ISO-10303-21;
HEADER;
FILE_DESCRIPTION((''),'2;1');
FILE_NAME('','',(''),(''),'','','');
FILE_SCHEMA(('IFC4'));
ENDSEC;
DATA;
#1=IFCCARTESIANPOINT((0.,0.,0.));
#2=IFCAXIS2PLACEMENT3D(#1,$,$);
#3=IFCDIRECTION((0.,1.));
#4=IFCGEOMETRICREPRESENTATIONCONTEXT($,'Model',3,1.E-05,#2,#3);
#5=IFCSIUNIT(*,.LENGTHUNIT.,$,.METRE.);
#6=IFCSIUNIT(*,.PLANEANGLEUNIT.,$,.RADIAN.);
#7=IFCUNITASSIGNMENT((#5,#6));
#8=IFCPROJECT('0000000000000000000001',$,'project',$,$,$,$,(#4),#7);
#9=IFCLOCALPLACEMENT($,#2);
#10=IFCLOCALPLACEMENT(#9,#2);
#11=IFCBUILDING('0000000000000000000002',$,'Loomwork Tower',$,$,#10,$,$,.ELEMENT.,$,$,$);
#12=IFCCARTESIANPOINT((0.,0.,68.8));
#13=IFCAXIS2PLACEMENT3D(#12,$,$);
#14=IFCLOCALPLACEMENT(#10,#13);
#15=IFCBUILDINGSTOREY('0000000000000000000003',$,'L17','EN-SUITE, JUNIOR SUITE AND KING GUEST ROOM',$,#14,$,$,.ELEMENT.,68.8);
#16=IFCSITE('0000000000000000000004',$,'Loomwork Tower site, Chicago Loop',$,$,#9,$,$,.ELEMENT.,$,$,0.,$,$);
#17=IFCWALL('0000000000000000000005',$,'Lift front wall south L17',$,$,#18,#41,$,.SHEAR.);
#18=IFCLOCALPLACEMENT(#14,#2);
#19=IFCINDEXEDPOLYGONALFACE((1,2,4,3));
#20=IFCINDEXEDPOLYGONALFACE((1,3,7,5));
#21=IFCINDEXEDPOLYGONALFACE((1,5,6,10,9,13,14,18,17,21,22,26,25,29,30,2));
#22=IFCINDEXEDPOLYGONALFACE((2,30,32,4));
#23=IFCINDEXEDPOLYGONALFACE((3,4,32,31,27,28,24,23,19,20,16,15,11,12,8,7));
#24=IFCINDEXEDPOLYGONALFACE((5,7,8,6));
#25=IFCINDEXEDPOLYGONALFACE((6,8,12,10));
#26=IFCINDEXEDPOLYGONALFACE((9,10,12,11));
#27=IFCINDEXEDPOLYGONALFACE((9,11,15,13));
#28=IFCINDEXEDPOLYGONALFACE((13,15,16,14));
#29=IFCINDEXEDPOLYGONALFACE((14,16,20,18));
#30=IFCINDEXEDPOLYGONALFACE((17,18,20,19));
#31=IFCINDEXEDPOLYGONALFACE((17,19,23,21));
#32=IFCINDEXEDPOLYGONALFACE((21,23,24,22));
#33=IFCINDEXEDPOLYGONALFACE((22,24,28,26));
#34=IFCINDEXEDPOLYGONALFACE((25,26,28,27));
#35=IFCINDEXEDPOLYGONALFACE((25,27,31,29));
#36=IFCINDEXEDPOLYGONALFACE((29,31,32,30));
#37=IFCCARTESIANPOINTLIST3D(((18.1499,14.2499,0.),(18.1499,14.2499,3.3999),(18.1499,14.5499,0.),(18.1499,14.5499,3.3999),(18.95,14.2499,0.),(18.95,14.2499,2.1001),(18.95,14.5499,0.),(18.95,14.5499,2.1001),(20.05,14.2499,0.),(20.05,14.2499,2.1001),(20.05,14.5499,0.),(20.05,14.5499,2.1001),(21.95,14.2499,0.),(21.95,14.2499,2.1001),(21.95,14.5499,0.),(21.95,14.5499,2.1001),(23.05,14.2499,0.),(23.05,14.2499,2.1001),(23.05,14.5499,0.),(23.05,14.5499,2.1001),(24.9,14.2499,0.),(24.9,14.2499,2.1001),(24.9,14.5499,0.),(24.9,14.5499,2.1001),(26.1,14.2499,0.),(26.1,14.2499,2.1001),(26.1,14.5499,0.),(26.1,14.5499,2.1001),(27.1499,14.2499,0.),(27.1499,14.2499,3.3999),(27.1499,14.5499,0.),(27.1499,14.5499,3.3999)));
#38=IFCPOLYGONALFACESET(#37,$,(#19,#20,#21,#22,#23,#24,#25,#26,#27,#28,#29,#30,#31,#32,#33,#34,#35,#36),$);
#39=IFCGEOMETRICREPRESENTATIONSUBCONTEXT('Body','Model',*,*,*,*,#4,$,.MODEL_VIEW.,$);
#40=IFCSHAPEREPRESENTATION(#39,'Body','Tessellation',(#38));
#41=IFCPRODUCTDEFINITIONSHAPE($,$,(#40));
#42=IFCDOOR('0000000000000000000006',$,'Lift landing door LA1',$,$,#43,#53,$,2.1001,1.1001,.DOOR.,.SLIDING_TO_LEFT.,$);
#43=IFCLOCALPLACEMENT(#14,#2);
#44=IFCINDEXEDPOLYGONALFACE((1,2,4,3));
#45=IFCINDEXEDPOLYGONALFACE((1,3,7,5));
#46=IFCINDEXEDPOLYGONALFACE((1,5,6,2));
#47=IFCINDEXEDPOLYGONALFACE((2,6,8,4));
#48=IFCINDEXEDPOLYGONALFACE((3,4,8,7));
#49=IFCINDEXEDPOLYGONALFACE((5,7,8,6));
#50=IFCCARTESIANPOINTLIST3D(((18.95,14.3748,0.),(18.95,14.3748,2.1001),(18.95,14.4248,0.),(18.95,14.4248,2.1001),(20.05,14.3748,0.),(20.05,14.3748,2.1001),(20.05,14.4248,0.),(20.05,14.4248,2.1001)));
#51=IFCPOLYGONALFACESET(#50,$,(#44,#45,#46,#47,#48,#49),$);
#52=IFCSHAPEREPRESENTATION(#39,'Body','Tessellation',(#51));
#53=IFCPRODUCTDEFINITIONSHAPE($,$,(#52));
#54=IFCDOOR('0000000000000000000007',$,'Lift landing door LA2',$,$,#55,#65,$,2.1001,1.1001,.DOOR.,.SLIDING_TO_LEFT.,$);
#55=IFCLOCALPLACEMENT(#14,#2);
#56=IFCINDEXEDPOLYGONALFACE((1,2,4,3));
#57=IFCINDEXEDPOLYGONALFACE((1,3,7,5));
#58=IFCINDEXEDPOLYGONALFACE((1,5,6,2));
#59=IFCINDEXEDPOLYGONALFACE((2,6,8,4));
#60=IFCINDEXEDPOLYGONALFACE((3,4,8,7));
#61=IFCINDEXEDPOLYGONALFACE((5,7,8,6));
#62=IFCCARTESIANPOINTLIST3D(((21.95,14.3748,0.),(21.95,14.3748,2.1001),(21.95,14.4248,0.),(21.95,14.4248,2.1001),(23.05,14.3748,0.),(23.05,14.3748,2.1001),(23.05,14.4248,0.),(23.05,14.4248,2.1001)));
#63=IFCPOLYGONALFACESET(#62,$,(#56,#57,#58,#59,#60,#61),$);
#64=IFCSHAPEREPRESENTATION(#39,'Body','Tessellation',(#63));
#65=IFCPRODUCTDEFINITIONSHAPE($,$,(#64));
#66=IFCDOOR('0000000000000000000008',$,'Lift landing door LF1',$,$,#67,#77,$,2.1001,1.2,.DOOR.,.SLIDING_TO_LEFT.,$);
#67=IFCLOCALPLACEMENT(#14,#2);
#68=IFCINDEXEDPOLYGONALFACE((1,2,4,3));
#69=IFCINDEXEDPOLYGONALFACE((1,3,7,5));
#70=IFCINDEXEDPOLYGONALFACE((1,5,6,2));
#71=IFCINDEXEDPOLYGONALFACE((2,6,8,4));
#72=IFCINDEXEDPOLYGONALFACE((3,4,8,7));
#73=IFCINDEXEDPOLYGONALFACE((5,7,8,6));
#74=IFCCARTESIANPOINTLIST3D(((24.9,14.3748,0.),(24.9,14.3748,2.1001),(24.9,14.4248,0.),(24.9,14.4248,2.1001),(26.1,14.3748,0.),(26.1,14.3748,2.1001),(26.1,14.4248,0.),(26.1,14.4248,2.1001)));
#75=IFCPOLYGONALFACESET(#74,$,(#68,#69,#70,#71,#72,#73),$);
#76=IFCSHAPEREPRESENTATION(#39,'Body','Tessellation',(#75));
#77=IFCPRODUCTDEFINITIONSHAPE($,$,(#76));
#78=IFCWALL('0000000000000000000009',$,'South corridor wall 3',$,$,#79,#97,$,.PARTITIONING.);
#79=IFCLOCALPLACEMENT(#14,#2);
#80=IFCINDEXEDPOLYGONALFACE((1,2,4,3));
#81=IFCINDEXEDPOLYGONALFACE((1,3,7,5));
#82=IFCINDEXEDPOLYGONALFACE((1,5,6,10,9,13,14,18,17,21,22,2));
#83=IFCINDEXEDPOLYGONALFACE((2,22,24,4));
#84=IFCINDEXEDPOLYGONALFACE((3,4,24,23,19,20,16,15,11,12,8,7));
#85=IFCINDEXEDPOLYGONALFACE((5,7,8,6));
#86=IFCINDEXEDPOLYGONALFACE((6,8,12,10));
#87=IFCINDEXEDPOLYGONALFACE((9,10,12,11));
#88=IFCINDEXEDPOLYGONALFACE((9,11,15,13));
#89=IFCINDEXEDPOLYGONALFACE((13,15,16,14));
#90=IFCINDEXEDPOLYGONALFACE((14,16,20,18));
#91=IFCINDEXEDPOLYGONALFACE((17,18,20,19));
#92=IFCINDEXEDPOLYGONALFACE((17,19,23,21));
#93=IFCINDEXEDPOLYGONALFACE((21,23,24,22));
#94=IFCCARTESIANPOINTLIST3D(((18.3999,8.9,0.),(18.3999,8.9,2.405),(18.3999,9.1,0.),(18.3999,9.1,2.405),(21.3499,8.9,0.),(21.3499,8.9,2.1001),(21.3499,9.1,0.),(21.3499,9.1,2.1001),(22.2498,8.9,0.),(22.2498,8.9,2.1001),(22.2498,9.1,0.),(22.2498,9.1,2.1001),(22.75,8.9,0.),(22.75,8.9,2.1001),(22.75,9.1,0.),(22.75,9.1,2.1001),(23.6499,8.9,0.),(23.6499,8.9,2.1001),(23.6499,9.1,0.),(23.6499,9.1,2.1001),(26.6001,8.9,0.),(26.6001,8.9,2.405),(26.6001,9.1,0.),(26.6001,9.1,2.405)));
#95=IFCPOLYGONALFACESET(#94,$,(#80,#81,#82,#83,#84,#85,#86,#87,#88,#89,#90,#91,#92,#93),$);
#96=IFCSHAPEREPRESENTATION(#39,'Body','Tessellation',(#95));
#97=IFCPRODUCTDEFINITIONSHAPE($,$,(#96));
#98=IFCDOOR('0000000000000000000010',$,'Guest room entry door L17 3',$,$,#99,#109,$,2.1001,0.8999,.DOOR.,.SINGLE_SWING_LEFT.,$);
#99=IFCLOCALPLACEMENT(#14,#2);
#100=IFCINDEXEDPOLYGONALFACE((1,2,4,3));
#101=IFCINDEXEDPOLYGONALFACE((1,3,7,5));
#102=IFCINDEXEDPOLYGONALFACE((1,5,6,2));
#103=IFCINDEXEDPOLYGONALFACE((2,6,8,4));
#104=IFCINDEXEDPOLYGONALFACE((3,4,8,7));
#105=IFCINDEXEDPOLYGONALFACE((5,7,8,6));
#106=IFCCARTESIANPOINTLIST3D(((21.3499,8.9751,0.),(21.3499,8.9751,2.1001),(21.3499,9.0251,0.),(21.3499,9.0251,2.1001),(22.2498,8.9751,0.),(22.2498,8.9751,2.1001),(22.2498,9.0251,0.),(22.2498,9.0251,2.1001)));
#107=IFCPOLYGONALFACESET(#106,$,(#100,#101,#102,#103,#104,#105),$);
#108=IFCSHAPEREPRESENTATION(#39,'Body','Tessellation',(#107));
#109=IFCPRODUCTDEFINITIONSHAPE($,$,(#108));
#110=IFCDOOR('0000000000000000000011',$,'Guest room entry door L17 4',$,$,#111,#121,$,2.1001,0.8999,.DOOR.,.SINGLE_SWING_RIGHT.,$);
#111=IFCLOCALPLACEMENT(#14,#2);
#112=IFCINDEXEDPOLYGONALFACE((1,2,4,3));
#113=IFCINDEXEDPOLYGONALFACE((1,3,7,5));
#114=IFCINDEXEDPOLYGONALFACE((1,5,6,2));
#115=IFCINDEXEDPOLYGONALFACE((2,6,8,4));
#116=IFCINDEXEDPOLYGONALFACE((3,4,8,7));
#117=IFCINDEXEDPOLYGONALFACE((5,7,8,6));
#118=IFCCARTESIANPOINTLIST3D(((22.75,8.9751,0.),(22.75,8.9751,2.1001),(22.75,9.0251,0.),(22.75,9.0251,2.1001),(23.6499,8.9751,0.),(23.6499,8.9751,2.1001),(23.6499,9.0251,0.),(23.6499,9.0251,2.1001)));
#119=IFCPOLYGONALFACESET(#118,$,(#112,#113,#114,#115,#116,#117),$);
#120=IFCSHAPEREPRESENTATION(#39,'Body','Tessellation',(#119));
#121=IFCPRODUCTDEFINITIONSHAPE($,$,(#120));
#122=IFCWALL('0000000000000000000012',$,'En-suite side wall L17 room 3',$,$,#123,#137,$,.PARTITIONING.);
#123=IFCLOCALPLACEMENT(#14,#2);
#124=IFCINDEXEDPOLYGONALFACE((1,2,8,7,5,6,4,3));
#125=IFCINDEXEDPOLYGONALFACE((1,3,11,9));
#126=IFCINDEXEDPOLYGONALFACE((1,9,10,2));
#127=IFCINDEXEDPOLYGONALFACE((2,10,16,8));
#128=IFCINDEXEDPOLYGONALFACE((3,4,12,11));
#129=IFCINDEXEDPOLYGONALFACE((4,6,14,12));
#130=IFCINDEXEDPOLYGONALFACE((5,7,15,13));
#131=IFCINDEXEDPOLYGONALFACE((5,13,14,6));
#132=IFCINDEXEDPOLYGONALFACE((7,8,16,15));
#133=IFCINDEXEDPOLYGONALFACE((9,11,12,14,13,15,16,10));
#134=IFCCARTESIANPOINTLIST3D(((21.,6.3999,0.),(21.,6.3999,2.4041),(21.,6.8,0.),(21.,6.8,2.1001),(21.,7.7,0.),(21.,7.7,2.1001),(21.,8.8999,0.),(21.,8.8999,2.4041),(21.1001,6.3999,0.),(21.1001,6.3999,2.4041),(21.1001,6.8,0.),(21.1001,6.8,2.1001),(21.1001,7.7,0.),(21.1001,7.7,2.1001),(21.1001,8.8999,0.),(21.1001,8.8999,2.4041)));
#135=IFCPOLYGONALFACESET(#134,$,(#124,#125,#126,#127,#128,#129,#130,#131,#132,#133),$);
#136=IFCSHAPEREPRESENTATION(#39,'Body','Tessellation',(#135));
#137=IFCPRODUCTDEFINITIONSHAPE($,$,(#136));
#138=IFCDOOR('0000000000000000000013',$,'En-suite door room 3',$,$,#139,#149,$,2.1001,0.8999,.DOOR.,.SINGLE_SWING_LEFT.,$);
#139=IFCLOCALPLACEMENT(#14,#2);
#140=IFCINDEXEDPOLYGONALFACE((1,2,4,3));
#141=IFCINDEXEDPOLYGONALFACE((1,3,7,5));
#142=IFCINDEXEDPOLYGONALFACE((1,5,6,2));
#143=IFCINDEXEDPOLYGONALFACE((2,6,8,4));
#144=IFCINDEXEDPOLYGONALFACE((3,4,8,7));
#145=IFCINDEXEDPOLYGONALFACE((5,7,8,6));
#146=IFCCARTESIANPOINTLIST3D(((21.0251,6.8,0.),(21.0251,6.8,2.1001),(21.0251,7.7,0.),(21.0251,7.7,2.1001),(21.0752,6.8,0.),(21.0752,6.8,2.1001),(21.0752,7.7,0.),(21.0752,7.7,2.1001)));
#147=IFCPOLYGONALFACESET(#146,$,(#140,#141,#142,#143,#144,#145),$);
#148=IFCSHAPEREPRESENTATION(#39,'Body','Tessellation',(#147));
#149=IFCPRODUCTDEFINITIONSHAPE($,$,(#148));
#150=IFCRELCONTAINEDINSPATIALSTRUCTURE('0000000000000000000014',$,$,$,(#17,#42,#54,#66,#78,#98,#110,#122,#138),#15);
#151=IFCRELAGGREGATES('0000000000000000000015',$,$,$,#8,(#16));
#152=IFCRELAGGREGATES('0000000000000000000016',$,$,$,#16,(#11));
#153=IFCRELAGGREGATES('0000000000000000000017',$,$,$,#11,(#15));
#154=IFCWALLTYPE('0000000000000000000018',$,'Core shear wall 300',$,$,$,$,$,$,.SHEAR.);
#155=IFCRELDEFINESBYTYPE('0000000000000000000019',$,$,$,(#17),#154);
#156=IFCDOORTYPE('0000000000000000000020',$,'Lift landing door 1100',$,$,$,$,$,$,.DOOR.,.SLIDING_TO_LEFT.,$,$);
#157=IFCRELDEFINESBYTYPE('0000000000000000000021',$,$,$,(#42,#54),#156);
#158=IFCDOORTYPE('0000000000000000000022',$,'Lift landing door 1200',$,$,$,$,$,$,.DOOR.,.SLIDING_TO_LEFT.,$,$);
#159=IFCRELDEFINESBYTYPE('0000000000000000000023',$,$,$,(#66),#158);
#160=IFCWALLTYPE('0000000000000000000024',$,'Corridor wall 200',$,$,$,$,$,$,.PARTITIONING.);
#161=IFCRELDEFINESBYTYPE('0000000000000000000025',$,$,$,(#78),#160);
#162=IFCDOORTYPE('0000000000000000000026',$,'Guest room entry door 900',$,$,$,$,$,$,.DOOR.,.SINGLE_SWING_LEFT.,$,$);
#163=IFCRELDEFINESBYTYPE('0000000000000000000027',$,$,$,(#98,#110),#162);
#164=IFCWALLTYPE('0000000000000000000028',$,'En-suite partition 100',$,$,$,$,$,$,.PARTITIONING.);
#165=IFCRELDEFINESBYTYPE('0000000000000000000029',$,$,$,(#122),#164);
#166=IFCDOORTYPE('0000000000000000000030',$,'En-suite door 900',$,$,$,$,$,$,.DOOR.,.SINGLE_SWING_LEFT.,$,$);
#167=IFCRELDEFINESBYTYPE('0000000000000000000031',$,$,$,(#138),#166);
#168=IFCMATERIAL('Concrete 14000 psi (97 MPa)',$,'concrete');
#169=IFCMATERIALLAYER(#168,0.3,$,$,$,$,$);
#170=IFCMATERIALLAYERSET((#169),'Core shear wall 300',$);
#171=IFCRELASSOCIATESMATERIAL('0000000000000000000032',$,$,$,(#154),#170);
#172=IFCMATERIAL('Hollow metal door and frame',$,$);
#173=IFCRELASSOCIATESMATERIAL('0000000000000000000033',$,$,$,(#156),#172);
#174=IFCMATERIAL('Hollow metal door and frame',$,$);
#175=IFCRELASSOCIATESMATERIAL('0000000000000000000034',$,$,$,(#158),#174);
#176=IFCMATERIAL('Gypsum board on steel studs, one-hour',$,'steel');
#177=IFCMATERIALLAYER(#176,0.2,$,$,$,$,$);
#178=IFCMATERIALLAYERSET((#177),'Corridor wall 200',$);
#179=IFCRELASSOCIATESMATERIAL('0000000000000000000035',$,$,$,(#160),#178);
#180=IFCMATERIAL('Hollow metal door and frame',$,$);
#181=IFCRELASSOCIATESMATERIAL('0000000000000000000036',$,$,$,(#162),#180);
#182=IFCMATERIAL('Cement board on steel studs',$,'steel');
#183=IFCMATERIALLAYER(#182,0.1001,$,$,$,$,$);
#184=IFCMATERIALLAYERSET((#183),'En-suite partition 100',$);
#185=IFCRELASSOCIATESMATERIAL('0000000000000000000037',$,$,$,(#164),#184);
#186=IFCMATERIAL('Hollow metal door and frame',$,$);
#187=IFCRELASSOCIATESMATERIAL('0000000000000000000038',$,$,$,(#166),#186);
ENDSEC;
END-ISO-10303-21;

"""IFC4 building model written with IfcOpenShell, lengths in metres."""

from ifc_helpers import new_model, si_unit, direction, frame, frame_2d, origin, place, context, subcontext, project, spatial, rectangle, extrude, material, layer, layer_set, type_object, element, fill, save


model = new_model("IFC4")

# Units and contexts
model_context = context("Model", 3, precision=1e-05, world=origin(), true_north=direction((0.0, 1.0)))
body_context = subcontext(model_context, "Body", "Model", "MODEL_VIEW")
ifc_project = project(units=[si_unit("LENGTHUNIT", "METRE"), si_unit("PLANEANGLEUNIT", "RADIAN")], contexts=[model_context])

# Site, building, storey
site_placement = place(None, origin())
site = spatial("IfcSite", under=ifc_project, at=site_placement, Name="Loomwork Tower site, Chicago Loop", CompositionType="ELEMENT", RefElevation=0.0)
building_placement = place(site_placement, origin())
building = spatial("IfcBuilding", under=site, at=building_placement, Name="Loomwork Tower", CompositionType="ELEMENT")
storey_placement = place(building_placement, frame((0.0, 0.0, 68.8)))
storey = spatial("IfcBuildingStorey", under=building, at=storey_placement, Name="L17", Description="EN-SUITE, JUNIOR SUITE AND KING GUEST ROOM", CompositionType="ELEMENT", Elevation=68.8)

# Walls, openings, doors
ifc_material_1 = material(Name="Concrete 14000 psi (97 MPa)", Category="concrete")
ifc_layer_1 = layer(ifc_material_1, 0.3)
ifc_layer_set_1 = layer_set([ifc_layer_1], Name="Core shear wall 300")
wall_type_1 = type_object("IfcWallType", Name="Core shear wall 300", PredefinedType="SHEAR", material=ifc_layer_set_1)
wall_1_placement = place(storey_placement, frame((18.1499, 14.3999, 0.0), z_axis=(0.0, 0.0, 1.0), x_axis=(1.0, 0.0, 0.0)))
wall_1 = element("IfcWall", 1, at=wall_1_placement, inside=storey, type_object=wall_type_1, Name="Lift front wall south L17", PredefinedType="SHEAR", context=body_context, shape_type="SweptSolid", body=[
    extrude(rectangle(XDim=9.0, YDim=0.3, at=frame_2d((4.5, 0.0))), origin(), (0.0, 0.0, 1.0), 3.3999),
])
opening_1_placement = place(wall_1_placement, frame((0.8, 0.0, 0.0)))
opening_1 = element("IfcOpeningElement", 2, at=opening_1_placement, cuts=wall_1, PredefinedType="OPENING", context=body_context, shape_type="SweptSolid", body=[
    extrude(rectangle(XDim=1.1001, YDim=2.1001, at=frame_2d((0.55, 1.05))), frame((0.0, 0.1599, 0.0), z_axis=(0.0, -1.0, 0.0), x_axis=(1.0, 0.0, 0.0)), (0.0, 0.0, 1.0), 0.3201),
])
opening_2_placement = place(wall_1_placement, frame((3.8, 0.0, 0.0)))
opening_2 = element("IfcOpeningElement", 3, at=opening_2_placement, cuts=wall_1, PredefinedType="OPENING", context=body_context, shape_type="SweptSolid", body=[
    extrude(rectangle(XDim=1.1001, YDim=2.1001, at=frame_2d((0.55, 1.05))), frame((0.0, 0.1599, 0.0), z_axis=(0.0, -1.0, 0.0), x_axis=(1.0, 0.0, 0.0)), (0.0, 0.0, 1.0), 0.3201),
])
opening_3_placement = place(wall_1_placement, frame((6.75, 0.0, 0.0)))
opening_3 = element("IfcOpeningElement", 4, at=opening_3_placement, cuts=wall_1, PredefinedType="OPENING", context=body_context, shape_type="SweptSolid", body=[
    extrude(rectangle(XDim=1.2, YDim=2.1001, at=frame_2d((0.6001, 1.05))), frame((0.0, 0.1599, 0.0), z_axis=(0.0, -1.0, 0.0), x_axis=(1.0, 0.0, 0.0)), (0.0, 0.0, 1.0), 0.3201),
])
ifc_material_2 = material(Name="Hollow metal door and frame")
door_type_1 = type_object("IfcDoorType", Name="Lift landing door 1100", OperationType="SLIDING_TO_LEFT", PredefinedType="DOOR", material=ifc_material_2)
door_1_placement = place(opening_1_placement, origin())
door_1 = element("IfcDoor", 5, at=door_1_placement, inside=storey, type_object=door_type_1, Name="Lift landing door LA1", OperationType="SLIDING_TO_LEFT", OverallHeight=2.1001, OverallWidth=1.1001, PredefinedType="DOOR", context=body_context, shape_type="SweptSolid", body=[
    extrude(rectangle(XDim=1.1001, YDim=2.1001, at=frame_2d((0.55, 1.05))), frame((0.0, 0.0249, 0.0), z_axis=(0.0, -1.0, 0.0), x_axis=(1.0, 0.0, 0.0)), (0.0, 0.0, 1.0), 0.05),
])
fill(opening_1, door_1)
door_2_placement = place(opening_2_placement, origin())
door_2 = element("IfcDoor", 6, at=door_2_placement, inside=storey, type_object=door_type_1, Name="Lift landing door LA2", OperationType="SLIDING_TO_LEFT", OverallHeight=2.1001, OverallWidth=1.1001, PredefinedType="DOOR", context=body_context, shape_type="SweptSolid", body=[
    extrude(rectangle(XDim=1.1001, YDim=2.1001, at=frame_2d((0.55, 1.05))), frame((0.0, 0.0249, 0.0), z_axis=(0.0, -1.0, 0.0), x_axis=(1.0, 0.0, 0.0)), (0.0, 0.0, 1.0), 0.05),
])
fill(opening_2, door_2)
ifc_material_3 = material(Name="Hollow metal door and frame")
door_type_2 = type_object("IfcDoorType", Name="Lift landing door 1200", OperationType="SLIDING_TO_LEFT", PredefinedType="DOOR", material=ifc_material_3)
door_3_placement = place(opening_3_placement, origin())
door_3 = element("IfcDoor", 7, at=door_3_placement, inside=storey, type_object=door_type_2, Name="Lift landing door LF1", OperationType="SLIDING_TO_LEFT", OverallHeight=2.1001, OverallWidth=1.2, PredefinedType="DOOR", context=body_context, shape_type="SweptSolid", body=[
    extrude(rectangle(XDim=1.2, YDim=2.1001, at=frame_2d((0.6001, 1.05))), frame((0.0, 0.0249, 0.0), z_axis=(0.0, -1.0, 0.0), x_axis=(1.0, 0.0, 0.0)), (0.0, 0.0, 1.0), 0.05),
])
fill(opening_3, door_3)
ifc_material_4 = material(Name="Gypsum board on steel studs, one-hour", Category="steel")
ifc_layer_2 = layer(ifc_material_4, 0.2)
ifc_layer_set_2 = layer_set([ifc_layer_2], Name="Corridor wall 200")
wall_type_2 = type_object("IfcWallType", Name="Corridor wall 200", PredefinedType="PARTITIONING", material=ifc_layer_set_2)
wall_2_placement = place(storey_placement, frame((18.3999, 9.0, 0.0), z_axis=(0.0, 0.0, 1.0), x_axis=(1.0, 0.0, 0.0)))
wall_2 = element("IfcWall", 8, at=wall_2_placement, inside=storey, type_object=wall_type_2, Name="South corridor wall 3", PredefinedType="PARTITIONING", context=body_context, shape_type="SweptSolid", body=[
    extrude(rectangle(XDim=8.2002, YDim=0.2, at=frame_2d((4.1001, 0.0))), origin(), (0.0, 0.0, 1.0), 2.405),
])
opening_4_placement = place(wall_2_placement, frame((2.95, 0.0, 0.0)))
opening_4 = element("IfcOpeningElement", 9, at=opening_4_placement, cuts=wall_2, PredefinedType="OPENING", context=body_context, shape_type="SweptSolid", body=[
    extrude(rectangle(XDim=0.8999, YDim=2.1001, at=frame_2d((0.45, 1.05))), frame((0.0, 0.1099, 0.0), z_axis=(0.0, -1.0, 0.0), x_axis=(1.0, 0.0, 0.0)), (0.0, 0.0, 1.0), 0.22),
])
opening_5_placement = place(wall_2_placement, frame((4.3501, 0.0, 0.0)))
opening_5 = element("IfcOpeningElement", 10, at=opening_5_placement, cuts=wall_2, PredefinedType="OPENING", context=body_context, shape_type="SweptSolid", body=[
    extrude(rectangle(XDim=0.8999, YDim=2.1001, at=frame_2d((0.45, 1.05))), frame((0.0, 0.1099, 0.0), z_axis=(0.0, -1.0, 0.0), x_axis=(1.0, 0.0, 0.0)), (0.0, 0.0, 1.0), 0.22),
])
ifc_material_5 = material(Name="Hollow metal door and frame")
door_type_3 = type_object("IfcDoorType", Name="Guest room entry door 900", OperationType="SINGLE_SWING_LEFT", PredefinedType="DOOR", material=ifc_material_5)
door_4_placement = place(opening_4_placement, frame((0.8999, 0.0, 0.0), z_axis=(0.0, 0.0, 1.0), x_axis=(-1.0, 0.0, 0.0)))
door_4 = element("IfcDoor", 11, at=door_4_placement, inside=storey, type_object=door_type_3, Name="Guest room entry door L17 3", OperationType="SINGLE_SWING_LEFT", OverallHeight=2.1001, OverallWidth=0.8999, PredefinedType="DOOR", context=body_context, shape_type="SweptSolid", body=[
    extrude(rectangle(XDim=0.8999, YDim=2.1001, at=frame_2d((0.45, 1.05))), frame((0.0, 0.0249, 0.0), z_axis=(0.0, -1.0, 0.0), x_axis=(1.0, 0.0, 0.0)), (0.0, 0.0, 1.0), 0.05),
])
fill(opening_4, door_4)
door_5_placement = place(opening_5_placement, frame((0.8999, 0.0, 0.0), z_axis=(0.0, 0.0, 1.0), x_axis=(-1.0, 0.0, 0.0)))
door_5 = element("IfcDoor", 12, at=door_5_placement, inside=storey, type_object=door_type_3, Name="Guest room entry door L17 4", OperationType="SINGLE_SWING_RIGHT", OverallHeight=2.1001, OverallWidth=0.8999, PredefinedType="DOOR", context=body_context, shape_type="SweptSolid", body=[
    extrude(rectangle(XDim=0.8999, YDim=2.1001, at=frame_2d((0.45, 1.05))), frame((0.0, 0.0249, 0.0), z_axis=(0.0, -1.0, 0.0), x_axis=(1.0, 0.0, 0.0)), (0.0, 0.0, 1.0), 0.05),
])
fill(opening_5, door_5)

# Wall, opening, door
ifc_material_6 = material(Name="Cement board on steel studs", Category="steel")
ifc_layer_3 = layer(ifc_material_6, 0.1001)
ifc_layer_set_3 = layer_set([ifc_layer_3], Name="En-suite partition 100")
wall_type_3 = type_object("IfcWallType", Name="En-suite partition 100", PredefinedType="PARTITIONING", material=ifc_layer_set_3)
wall_3_placement = place(storey_placement, frame((21.05, 8.8999, 0.0), z_axis=(0.0, 0.0, 1.0), x_axis=(0.0, -1.0, 0.0)))
wall_3 = element("IfcWall", 13, at=wall_3_placement, inside=storey, type_object=wall_type_3, Name="En-suite side wall L17 room 3", PredefinedType="PARTITIONING", context=body_context, shape_type="SweptSolid", body=[
    extrude(rectangle(XDim=2.5, YDim=0.1001, at=frame_2d((1.25, 0.0))), origin(), (0.0, 0.0, 1.0), 2.4041),
])
opening_6_placement = place(wall_3_placement, frame((1.2, 0.0, 0.0)))
opening_6 = element("IfcOpeningElement", 14, at=opening_6_placement, cuts=wall_3, PredefinedType="OPENING", context=body_context, shape_type="SweptSolid", body=[
    extrude(rectangle(XDim=0.8999, YDim=2.1001, at=frame_2d((0.45, 1.05))), frame((0.0, 0.0601, 0.0), z_axis=(0.0, -1.0, 0.0), x_axis=(1.0, 0.0, 0.0)), (0.0, 0.0, 1.0), 0.1201),
])
ifc_material_7 = material(Name="Hollow metal door and frame")
door_type_4 = type_object("IfcDoorType", Name="En-suite door 900", OperationType="SINGLE_SWING_LEFT", PredefinedType="DOOR", material=ifc_material_7)
door_6_placement = place(opening_6_placement, frame((0.8999, 0.0, 0.0), z_axis=(0.0, 0.0, 1.0), x_axis=(-1.0, 0.0, 0.0)))
door_6 = element("IfcDoor", 15, at=door_6_placement, inside=storey, type_object=door_type_4, Name="En-suite door room 3", OperationType="SINGLE_SWING_LEFT", OverallHeight=2.1001, OverallWidth=0.8999, PredefinedType="DOOR", context=body_context, shape_type="SweptSolid", body=[
    extrude(rectangle(XDim=0.8999, YDim=2.1001, at=frame_2d((0.45, 1.05))), frame((0.0, 0.0249, 0.0), z_axis=(0.0, -1.0, 0.0), x_axis=(1.0, 0.0, 0.0)), (0.0, 0.0, 1.0), 0.05),
])
fill(opening_6, door_6)

save(model, "model.ifc")
